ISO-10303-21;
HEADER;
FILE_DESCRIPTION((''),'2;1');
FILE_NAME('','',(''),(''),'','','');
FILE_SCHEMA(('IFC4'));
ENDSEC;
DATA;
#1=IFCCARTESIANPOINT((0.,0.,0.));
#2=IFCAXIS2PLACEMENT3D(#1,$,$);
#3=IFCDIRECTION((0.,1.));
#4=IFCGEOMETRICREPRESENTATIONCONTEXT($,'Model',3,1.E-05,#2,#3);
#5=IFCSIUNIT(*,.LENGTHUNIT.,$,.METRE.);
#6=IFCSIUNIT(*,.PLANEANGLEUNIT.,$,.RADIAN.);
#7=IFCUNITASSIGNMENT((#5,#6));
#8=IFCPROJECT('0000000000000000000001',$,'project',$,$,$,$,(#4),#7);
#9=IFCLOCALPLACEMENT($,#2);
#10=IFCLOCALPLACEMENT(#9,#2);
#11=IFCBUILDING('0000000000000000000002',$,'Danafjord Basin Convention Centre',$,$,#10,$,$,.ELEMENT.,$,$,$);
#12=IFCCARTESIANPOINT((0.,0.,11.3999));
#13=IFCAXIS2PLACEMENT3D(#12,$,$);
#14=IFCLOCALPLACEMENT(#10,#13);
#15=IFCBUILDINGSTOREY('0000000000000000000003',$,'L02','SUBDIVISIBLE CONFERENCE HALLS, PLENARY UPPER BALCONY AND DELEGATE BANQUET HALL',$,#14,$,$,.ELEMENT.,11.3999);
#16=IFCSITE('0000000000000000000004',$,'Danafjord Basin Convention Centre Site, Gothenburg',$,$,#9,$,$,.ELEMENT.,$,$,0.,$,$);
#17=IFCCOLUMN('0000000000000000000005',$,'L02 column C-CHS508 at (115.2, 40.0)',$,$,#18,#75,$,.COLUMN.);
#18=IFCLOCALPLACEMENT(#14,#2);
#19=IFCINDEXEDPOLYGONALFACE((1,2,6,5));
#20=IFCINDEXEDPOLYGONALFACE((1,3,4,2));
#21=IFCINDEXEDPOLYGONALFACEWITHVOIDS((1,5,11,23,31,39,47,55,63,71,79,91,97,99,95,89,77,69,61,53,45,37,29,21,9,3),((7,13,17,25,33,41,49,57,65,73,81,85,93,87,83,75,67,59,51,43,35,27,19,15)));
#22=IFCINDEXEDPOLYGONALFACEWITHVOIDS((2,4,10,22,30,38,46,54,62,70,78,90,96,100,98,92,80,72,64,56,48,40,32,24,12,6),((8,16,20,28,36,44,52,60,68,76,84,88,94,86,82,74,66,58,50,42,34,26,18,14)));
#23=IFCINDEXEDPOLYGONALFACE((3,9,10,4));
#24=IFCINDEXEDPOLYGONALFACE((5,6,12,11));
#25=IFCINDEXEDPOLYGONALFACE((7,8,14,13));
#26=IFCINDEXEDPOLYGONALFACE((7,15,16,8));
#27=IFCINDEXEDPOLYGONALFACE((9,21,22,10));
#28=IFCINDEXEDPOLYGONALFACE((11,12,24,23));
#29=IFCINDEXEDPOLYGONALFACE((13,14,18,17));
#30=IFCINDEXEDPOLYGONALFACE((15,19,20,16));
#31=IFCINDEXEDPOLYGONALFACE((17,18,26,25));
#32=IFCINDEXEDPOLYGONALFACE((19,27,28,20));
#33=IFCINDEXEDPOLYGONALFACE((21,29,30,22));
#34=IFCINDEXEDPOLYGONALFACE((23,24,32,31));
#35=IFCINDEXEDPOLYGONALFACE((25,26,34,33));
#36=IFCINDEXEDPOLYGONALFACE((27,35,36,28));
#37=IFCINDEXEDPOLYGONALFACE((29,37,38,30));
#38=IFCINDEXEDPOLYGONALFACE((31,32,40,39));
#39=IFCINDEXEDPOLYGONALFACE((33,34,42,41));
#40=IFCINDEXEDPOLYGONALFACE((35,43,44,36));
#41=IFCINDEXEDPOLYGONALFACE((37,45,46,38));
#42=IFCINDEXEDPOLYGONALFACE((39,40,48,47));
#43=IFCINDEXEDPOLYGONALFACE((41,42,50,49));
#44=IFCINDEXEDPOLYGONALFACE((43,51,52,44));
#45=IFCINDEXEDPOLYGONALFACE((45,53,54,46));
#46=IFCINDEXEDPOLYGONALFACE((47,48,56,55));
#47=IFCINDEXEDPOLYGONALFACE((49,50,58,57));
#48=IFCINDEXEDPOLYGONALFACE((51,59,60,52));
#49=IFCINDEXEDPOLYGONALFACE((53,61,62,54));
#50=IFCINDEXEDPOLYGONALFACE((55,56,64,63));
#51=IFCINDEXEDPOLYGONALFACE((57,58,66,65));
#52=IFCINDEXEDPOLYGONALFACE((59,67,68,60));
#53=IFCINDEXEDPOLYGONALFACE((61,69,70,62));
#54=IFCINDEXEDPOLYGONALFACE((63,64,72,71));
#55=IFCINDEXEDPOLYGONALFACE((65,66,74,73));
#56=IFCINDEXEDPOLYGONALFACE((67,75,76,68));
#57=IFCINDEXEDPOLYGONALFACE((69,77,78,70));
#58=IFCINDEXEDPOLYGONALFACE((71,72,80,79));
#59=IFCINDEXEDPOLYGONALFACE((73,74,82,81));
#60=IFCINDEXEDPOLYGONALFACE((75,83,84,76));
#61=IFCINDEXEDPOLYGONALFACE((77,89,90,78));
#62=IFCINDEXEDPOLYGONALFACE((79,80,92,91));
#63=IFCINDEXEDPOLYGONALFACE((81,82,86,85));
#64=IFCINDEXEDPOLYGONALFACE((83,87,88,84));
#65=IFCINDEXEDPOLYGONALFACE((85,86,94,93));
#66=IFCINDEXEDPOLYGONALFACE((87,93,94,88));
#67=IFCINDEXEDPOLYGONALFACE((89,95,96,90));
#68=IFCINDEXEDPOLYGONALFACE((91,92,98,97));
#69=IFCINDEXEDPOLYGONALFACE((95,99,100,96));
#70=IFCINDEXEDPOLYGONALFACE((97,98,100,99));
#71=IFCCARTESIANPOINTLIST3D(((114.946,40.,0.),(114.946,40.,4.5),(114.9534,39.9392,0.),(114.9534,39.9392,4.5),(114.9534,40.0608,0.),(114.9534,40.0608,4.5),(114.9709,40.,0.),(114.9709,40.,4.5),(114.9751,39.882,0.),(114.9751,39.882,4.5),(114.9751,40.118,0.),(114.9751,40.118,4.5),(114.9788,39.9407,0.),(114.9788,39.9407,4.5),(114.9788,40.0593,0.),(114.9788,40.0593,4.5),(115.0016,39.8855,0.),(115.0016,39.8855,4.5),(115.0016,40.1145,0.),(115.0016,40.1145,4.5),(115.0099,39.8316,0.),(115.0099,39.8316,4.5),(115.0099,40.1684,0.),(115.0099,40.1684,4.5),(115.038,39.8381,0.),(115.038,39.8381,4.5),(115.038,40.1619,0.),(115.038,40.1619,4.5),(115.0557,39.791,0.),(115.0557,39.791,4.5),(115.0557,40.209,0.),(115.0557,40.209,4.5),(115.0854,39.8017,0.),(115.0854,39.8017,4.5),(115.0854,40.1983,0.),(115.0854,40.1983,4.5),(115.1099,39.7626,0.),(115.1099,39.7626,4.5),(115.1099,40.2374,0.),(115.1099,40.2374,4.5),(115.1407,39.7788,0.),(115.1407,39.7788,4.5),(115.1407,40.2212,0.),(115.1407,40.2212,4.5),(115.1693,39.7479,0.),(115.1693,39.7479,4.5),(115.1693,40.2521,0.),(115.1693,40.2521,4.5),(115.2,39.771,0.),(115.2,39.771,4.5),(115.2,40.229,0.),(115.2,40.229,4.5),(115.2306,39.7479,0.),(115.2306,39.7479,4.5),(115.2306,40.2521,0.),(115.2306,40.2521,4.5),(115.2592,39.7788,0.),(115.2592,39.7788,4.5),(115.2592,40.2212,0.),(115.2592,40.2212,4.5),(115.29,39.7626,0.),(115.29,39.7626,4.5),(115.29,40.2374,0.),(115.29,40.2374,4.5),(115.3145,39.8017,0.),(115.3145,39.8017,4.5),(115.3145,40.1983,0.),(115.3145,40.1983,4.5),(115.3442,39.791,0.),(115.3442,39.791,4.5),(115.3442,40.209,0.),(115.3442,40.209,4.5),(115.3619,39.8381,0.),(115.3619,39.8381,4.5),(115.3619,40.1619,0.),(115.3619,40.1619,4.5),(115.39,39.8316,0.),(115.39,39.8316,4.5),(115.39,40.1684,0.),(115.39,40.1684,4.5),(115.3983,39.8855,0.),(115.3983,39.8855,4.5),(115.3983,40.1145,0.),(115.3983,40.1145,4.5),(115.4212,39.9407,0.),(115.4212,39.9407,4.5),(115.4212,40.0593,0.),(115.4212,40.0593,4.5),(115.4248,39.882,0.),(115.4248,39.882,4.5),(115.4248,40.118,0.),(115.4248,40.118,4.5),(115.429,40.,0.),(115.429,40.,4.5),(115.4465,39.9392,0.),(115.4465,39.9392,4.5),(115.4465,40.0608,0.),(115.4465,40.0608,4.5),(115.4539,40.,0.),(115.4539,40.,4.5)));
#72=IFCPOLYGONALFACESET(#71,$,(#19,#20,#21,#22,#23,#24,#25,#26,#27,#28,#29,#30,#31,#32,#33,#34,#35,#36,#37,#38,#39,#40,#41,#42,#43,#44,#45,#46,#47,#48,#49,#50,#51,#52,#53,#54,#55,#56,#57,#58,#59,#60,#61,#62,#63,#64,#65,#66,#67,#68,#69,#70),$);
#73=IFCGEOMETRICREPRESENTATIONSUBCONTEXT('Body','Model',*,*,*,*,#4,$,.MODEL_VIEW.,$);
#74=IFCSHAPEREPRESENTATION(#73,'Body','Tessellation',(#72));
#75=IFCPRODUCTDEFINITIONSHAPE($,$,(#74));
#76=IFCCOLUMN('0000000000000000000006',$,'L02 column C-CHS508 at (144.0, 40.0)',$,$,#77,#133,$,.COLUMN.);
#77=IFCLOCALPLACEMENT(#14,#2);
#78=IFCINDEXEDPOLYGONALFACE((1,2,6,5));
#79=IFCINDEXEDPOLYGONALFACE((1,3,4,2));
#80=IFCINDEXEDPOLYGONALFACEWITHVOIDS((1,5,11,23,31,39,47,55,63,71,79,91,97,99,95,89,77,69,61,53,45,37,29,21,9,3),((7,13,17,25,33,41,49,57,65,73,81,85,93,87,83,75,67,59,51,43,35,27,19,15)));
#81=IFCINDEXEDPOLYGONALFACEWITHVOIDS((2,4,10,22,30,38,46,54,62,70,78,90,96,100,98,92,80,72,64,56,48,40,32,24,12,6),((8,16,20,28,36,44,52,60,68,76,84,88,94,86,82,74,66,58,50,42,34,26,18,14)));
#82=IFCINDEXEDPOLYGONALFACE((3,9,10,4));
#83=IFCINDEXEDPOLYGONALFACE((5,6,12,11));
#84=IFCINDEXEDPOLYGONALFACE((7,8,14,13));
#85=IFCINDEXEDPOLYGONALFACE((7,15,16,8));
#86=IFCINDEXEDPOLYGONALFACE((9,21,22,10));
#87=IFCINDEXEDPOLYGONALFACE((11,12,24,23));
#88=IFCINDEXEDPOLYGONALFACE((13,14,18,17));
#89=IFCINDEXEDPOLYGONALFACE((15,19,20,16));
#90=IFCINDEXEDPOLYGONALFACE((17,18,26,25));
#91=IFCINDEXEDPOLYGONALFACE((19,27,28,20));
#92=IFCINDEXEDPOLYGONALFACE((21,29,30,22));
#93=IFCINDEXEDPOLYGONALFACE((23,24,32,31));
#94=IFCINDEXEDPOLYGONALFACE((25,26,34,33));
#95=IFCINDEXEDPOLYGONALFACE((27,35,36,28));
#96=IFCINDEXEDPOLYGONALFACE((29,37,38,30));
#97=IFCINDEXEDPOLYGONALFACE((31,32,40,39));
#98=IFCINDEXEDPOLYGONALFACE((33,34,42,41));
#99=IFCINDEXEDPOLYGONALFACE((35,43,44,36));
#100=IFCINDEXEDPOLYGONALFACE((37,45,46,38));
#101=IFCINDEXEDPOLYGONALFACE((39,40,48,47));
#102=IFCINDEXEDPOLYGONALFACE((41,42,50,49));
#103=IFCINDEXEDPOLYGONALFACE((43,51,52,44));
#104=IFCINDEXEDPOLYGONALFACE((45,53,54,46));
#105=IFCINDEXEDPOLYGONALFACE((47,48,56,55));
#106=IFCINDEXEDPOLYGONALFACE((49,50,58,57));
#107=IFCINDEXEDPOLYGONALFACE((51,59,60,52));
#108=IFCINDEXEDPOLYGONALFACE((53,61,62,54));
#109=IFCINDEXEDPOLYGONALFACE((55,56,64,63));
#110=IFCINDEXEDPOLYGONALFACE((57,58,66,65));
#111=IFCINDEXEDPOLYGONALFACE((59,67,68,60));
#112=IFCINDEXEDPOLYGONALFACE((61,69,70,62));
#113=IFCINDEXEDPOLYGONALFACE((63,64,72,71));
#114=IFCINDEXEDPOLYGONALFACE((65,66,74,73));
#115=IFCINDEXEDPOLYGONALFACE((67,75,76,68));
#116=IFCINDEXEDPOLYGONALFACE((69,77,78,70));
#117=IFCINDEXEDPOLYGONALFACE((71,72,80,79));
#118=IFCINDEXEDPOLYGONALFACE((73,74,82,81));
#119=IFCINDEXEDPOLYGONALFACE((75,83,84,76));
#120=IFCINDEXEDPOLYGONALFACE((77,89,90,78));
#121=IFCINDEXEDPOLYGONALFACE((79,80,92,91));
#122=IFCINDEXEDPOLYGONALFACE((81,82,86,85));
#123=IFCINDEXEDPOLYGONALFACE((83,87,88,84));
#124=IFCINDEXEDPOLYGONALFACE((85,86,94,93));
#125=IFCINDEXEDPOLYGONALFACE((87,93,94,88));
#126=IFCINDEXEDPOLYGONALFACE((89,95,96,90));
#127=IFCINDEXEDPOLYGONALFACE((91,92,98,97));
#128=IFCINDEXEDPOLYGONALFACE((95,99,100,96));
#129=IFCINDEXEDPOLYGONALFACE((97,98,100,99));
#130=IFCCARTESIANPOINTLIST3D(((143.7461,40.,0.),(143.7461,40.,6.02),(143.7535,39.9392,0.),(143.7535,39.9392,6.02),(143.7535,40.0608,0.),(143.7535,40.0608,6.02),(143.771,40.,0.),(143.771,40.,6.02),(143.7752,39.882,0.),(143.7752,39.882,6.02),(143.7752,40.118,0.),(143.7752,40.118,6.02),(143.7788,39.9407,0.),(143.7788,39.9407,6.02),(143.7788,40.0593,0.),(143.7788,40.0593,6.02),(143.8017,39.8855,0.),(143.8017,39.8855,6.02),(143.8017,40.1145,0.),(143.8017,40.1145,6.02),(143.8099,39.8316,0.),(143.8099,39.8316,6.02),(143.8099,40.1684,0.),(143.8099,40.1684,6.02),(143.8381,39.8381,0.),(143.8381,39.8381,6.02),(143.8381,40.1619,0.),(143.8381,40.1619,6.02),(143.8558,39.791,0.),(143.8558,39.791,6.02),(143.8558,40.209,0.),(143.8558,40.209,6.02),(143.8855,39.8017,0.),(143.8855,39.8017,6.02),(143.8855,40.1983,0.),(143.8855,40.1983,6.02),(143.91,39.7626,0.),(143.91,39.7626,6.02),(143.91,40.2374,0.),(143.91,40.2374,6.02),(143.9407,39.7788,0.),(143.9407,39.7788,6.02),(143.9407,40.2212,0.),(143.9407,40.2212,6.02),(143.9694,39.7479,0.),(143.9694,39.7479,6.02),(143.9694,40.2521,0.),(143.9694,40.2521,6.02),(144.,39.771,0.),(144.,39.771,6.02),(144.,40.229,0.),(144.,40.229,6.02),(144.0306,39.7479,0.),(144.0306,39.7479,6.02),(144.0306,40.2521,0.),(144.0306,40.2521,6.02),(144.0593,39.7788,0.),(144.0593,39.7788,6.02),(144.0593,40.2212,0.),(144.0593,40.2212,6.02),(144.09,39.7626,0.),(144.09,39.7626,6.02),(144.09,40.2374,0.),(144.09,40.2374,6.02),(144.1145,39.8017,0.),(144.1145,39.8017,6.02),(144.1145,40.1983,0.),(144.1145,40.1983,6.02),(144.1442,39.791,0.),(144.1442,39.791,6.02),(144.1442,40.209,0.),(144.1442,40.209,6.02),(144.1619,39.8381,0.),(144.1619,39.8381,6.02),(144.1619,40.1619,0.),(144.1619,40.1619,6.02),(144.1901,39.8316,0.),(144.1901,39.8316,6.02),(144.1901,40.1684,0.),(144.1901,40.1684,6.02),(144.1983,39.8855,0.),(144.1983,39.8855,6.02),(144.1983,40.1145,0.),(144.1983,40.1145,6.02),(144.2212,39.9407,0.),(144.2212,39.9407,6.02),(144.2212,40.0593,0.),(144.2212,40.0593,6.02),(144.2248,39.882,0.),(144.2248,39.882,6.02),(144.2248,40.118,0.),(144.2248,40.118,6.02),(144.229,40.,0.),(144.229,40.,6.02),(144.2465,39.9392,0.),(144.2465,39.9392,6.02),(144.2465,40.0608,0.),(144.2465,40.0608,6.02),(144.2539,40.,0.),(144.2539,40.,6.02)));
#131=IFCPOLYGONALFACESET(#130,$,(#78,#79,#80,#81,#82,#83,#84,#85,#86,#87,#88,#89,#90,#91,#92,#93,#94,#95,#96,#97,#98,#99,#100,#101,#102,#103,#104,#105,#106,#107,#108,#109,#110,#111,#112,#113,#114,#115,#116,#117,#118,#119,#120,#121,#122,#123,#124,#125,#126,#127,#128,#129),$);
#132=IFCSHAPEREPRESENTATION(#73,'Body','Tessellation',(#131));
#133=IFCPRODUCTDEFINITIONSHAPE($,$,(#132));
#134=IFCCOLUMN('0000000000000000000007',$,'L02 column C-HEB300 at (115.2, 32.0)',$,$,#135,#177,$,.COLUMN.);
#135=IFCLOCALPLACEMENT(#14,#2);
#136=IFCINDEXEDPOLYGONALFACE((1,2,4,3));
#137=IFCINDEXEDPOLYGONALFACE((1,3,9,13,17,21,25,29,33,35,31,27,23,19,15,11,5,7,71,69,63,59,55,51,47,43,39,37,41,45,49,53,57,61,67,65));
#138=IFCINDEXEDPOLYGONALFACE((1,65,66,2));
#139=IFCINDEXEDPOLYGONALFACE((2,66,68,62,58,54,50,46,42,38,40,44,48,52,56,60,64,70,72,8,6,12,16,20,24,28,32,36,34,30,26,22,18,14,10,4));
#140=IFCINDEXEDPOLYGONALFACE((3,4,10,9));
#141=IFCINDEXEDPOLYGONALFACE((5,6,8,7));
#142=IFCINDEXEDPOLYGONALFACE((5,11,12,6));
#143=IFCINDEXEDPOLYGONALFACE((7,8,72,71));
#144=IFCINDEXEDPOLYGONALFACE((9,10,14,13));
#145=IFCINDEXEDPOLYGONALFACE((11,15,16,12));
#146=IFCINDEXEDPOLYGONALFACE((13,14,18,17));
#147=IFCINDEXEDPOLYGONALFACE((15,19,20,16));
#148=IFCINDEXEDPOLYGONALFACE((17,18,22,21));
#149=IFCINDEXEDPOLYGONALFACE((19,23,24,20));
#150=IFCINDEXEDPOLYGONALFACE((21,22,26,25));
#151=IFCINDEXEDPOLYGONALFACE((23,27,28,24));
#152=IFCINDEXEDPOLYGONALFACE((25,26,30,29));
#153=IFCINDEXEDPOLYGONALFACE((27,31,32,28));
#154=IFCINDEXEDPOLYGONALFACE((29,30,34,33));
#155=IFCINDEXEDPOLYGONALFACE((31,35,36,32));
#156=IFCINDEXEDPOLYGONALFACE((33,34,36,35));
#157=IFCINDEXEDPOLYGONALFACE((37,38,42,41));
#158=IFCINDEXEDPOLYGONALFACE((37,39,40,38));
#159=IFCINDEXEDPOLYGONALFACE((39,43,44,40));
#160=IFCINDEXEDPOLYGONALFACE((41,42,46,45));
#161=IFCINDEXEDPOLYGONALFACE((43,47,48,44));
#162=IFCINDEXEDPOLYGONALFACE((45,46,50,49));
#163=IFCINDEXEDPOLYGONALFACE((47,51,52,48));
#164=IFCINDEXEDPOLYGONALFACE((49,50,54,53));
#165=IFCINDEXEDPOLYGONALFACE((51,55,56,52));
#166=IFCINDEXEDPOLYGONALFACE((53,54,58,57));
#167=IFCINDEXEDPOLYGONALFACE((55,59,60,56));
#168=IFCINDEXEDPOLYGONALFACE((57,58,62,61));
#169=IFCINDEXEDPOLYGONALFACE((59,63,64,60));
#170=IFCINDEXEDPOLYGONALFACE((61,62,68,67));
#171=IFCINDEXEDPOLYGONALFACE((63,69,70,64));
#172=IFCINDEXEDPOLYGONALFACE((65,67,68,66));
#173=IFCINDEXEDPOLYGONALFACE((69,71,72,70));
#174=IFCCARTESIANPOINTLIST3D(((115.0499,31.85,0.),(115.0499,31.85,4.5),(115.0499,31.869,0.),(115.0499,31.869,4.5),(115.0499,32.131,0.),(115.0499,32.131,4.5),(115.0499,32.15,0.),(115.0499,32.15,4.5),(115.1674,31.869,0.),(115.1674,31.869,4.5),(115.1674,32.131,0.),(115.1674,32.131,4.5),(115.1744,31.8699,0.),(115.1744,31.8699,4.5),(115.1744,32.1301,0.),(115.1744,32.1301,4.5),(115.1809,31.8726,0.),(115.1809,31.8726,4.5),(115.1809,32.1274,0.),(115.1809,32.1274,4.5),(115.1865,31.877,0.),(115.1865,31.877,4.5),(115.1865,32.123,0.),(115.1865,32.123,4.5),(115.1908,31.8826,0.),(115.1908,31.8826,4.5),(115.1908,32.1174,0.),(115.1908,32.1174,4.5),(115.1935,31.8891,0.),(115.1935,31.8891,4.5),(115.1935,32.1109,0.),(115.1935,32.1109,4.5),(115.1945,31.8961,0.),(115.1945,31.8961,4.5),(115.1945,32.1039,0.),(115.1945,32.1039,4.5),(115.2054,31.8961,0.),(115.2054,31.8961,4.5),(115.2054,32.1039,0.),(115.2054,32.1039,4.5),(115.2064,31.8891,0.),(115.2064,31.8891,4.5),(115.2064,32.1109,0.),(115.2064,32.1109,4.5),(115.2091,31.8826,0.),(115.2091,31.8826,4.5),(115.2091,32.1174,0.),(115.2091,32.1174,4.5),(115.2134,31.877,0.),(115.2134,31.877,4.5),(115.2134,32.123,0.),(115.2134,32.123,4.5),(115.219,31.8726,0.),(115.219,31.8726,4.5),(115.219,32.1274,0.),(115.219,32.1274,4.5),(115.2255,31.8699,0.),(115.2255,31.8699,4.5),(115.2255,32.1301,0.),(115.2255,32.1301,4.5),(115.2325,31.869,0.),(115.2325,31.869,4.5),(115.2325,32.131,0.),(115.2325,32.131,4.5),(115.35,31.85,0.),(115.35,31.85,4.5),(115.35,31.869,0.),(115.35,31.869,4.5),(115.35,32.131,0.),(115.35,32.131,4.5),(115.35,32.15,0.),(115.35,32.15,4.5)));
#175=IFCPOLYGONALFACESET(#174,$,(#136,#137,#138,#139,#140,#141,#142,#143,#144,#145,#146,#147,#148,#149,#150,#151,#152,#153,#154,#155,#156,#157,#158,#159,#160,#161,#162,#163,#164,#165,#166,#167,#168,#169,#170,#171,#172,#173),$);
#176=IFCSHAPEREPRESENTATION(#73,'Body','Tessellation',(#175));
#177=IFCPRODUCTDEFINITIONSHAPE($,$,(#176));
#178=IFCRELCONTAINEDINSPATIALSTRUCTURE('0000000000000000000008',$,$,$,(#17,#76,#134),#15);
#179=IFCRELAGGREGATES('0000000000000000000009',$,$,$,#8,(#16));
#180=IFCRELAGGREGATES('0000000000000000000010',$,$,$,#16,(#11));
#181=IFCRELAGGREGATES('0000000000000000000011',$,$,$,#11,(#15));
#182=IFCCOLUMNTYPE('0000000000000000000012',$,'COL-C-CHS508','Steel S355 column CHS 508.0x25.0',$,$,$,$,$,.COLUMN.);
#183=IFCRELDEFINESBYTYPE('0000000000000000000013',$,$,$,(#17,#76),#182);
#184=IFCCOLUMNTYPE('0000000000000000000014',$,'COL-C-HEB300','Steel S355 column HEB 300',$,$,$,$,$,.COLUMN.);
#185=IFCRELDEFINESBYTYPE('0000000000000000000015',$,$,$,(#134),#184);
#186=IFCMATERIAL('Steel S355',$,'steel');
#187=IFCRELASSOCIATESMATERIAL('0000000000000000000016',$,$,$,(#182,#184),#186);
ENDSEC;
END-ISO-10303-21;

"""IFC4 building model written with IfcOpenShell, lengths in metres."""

from ifc_helpers import new_model, si_unit, direction, frame, origin, origin_2d, place, context, subcontext, project, spatial, hollow_circle, i_section, extrude, material, material_profile, profile_set, type_object, element, save


model = new_model("IFC4")

# Units and contexts
model_context = context("Model", 3, precision=1e-05, world=origin(), true_north=direction((0.0, 1.0)))
body_context = subcontext(model_context, "Body", "Model", "MODEL_VIEW")
ifc_project = project(units=[si_unit("LENGTHUNIT", "METRE"), si_unit("PLANEANGLEUNIT", "RADIAN")], contexts=[model_context])

# Site, building, storey
site_placement = place(None, origin())
site = spatial("IfcSite", under=ifc_project, at=site_placement, Name="Danafjord Basin Convention Centre Site, Gothenburg", CompositionType="ELEMENT", RefElevation=0.0)
building_placement = place(site_placement, origin())
building = spatial("IfcBuilding", under=site, at=building_placement, Name="Danafjord Basin Convention Centre", CompositionType="ELEMENT")
storey_placement = place(building_placement, frame((0.0, 0.0, 11.3999)))
storey = spatial("IfcBuildingStorey", under=building, at=storey_placement, Name="L02", Description="SUBDIVISIBLE CONFERENCE HALLS, PLENARY UPPER BALCONY AND DELEGATE BANQUET HALL", CompositionType="ELEMENT", Elevation=11.3999)

# Columns
ifc_material = material(Name="Steel S355", Category="steel")
ifc_material_profile_1 = material_profile(ifc_material, hollow_circle(Radius=0.2539, WallThickness=0.0249, at=origin_2d()), Name="CHS 508.0x25.0")
ifc_profile_set_1 = profile_set([ifc_material_profile_1], Name="Steel S355")
column_type_1 = type_object("IfcColumnType", Name="COL-C-CHS508", Description="Steel S355 column CHS 508.0x25.0", PredefinedType="COLUMN", material=ifc_profile_set_1)
column_1_placement = place(storey_placement, frame((115.2, 40.0, 0.0), z_axis=(0.0, 0.0, 1.0), x_axis=(1.0, 0.0, 0.0)))
element("IfcColumn", 1, at=column_1_placement, inside=storey, type_object=column_type_1, Name="L02 column C-CHS508 at (115.2, 40.0)", PredefinedType="COLUMN", context=body_context, shape_type="SweptSolid", body=[
    extrude(hollow_circle(Radius=0.2539, WallThickness=0.0249, at=origin_2d()), origin(), (0.0, 0.0, 1.0), 4.5),
])
column_2_placement = place(storey_placement, frame((144.0, 40.0, 0.0), z_axis=(0.0, 0.0, 1.0), x_axis=(1.0, 0.0, 0.0)))
element("IfcColumn", 2, at=column_2_placement, inside=storey, type_object=column_type_1, Name="L02 column C-CHS508 at (144.0, 40.0)", PredefinedType="COLUMN", context=body_context, shape_type="SweptSolid", body=[
    extrude(hollow_circle(Radius=0.2539, WallThickness=0.0249, at=origin_2d()), origin(), (0.0, 0.0, 1.0), 6.02),
])
ifc_material_profile_2 = material_profile(ifc_material, i_section(OverallWidth=0.3, OverallDepth=0.3, WebThickness=0.011, FlangeThickness=0.019, FilletRadius=0.0271, at=origin_2d()), Name="HEB 300")
ifc_profile_set_2 = profile_set([ifc_material_profile_2], Name="Steel S355")
column_type_2 = type_object("IfcColumnType", Name="COL-C-HEB300", Description="Steel S355 column HEB 300", PredefinedType="COLUMN", material=ifc_profile_set_2)
column_3_placement = place(storey_placement, frame((115.2, 32.0, 0.0), z_axis=(0.0, 0.0, 1.0), x_axis=(1.0, 0.0, 0.0)))
element("IfcColumn", 3, at=column_3_placement, inside=storey, type_object=column_type_2, Name="L02 column C-HEB300 at (115.2, 32.0)", PredefinedType="COLUMN", context=body_context, shape_type="SweptSolid", body=[
    extrude(i_section(OverallWidth=0.3, OverallDepth=0.3, WebThickness=0.011, FlangeThickness=0.019, FilletRadius=0.0271, at=origin_2d()), origin(), (0.0, 0.0, 1.0), 4.5),
])

save(model, "model.ifc")
